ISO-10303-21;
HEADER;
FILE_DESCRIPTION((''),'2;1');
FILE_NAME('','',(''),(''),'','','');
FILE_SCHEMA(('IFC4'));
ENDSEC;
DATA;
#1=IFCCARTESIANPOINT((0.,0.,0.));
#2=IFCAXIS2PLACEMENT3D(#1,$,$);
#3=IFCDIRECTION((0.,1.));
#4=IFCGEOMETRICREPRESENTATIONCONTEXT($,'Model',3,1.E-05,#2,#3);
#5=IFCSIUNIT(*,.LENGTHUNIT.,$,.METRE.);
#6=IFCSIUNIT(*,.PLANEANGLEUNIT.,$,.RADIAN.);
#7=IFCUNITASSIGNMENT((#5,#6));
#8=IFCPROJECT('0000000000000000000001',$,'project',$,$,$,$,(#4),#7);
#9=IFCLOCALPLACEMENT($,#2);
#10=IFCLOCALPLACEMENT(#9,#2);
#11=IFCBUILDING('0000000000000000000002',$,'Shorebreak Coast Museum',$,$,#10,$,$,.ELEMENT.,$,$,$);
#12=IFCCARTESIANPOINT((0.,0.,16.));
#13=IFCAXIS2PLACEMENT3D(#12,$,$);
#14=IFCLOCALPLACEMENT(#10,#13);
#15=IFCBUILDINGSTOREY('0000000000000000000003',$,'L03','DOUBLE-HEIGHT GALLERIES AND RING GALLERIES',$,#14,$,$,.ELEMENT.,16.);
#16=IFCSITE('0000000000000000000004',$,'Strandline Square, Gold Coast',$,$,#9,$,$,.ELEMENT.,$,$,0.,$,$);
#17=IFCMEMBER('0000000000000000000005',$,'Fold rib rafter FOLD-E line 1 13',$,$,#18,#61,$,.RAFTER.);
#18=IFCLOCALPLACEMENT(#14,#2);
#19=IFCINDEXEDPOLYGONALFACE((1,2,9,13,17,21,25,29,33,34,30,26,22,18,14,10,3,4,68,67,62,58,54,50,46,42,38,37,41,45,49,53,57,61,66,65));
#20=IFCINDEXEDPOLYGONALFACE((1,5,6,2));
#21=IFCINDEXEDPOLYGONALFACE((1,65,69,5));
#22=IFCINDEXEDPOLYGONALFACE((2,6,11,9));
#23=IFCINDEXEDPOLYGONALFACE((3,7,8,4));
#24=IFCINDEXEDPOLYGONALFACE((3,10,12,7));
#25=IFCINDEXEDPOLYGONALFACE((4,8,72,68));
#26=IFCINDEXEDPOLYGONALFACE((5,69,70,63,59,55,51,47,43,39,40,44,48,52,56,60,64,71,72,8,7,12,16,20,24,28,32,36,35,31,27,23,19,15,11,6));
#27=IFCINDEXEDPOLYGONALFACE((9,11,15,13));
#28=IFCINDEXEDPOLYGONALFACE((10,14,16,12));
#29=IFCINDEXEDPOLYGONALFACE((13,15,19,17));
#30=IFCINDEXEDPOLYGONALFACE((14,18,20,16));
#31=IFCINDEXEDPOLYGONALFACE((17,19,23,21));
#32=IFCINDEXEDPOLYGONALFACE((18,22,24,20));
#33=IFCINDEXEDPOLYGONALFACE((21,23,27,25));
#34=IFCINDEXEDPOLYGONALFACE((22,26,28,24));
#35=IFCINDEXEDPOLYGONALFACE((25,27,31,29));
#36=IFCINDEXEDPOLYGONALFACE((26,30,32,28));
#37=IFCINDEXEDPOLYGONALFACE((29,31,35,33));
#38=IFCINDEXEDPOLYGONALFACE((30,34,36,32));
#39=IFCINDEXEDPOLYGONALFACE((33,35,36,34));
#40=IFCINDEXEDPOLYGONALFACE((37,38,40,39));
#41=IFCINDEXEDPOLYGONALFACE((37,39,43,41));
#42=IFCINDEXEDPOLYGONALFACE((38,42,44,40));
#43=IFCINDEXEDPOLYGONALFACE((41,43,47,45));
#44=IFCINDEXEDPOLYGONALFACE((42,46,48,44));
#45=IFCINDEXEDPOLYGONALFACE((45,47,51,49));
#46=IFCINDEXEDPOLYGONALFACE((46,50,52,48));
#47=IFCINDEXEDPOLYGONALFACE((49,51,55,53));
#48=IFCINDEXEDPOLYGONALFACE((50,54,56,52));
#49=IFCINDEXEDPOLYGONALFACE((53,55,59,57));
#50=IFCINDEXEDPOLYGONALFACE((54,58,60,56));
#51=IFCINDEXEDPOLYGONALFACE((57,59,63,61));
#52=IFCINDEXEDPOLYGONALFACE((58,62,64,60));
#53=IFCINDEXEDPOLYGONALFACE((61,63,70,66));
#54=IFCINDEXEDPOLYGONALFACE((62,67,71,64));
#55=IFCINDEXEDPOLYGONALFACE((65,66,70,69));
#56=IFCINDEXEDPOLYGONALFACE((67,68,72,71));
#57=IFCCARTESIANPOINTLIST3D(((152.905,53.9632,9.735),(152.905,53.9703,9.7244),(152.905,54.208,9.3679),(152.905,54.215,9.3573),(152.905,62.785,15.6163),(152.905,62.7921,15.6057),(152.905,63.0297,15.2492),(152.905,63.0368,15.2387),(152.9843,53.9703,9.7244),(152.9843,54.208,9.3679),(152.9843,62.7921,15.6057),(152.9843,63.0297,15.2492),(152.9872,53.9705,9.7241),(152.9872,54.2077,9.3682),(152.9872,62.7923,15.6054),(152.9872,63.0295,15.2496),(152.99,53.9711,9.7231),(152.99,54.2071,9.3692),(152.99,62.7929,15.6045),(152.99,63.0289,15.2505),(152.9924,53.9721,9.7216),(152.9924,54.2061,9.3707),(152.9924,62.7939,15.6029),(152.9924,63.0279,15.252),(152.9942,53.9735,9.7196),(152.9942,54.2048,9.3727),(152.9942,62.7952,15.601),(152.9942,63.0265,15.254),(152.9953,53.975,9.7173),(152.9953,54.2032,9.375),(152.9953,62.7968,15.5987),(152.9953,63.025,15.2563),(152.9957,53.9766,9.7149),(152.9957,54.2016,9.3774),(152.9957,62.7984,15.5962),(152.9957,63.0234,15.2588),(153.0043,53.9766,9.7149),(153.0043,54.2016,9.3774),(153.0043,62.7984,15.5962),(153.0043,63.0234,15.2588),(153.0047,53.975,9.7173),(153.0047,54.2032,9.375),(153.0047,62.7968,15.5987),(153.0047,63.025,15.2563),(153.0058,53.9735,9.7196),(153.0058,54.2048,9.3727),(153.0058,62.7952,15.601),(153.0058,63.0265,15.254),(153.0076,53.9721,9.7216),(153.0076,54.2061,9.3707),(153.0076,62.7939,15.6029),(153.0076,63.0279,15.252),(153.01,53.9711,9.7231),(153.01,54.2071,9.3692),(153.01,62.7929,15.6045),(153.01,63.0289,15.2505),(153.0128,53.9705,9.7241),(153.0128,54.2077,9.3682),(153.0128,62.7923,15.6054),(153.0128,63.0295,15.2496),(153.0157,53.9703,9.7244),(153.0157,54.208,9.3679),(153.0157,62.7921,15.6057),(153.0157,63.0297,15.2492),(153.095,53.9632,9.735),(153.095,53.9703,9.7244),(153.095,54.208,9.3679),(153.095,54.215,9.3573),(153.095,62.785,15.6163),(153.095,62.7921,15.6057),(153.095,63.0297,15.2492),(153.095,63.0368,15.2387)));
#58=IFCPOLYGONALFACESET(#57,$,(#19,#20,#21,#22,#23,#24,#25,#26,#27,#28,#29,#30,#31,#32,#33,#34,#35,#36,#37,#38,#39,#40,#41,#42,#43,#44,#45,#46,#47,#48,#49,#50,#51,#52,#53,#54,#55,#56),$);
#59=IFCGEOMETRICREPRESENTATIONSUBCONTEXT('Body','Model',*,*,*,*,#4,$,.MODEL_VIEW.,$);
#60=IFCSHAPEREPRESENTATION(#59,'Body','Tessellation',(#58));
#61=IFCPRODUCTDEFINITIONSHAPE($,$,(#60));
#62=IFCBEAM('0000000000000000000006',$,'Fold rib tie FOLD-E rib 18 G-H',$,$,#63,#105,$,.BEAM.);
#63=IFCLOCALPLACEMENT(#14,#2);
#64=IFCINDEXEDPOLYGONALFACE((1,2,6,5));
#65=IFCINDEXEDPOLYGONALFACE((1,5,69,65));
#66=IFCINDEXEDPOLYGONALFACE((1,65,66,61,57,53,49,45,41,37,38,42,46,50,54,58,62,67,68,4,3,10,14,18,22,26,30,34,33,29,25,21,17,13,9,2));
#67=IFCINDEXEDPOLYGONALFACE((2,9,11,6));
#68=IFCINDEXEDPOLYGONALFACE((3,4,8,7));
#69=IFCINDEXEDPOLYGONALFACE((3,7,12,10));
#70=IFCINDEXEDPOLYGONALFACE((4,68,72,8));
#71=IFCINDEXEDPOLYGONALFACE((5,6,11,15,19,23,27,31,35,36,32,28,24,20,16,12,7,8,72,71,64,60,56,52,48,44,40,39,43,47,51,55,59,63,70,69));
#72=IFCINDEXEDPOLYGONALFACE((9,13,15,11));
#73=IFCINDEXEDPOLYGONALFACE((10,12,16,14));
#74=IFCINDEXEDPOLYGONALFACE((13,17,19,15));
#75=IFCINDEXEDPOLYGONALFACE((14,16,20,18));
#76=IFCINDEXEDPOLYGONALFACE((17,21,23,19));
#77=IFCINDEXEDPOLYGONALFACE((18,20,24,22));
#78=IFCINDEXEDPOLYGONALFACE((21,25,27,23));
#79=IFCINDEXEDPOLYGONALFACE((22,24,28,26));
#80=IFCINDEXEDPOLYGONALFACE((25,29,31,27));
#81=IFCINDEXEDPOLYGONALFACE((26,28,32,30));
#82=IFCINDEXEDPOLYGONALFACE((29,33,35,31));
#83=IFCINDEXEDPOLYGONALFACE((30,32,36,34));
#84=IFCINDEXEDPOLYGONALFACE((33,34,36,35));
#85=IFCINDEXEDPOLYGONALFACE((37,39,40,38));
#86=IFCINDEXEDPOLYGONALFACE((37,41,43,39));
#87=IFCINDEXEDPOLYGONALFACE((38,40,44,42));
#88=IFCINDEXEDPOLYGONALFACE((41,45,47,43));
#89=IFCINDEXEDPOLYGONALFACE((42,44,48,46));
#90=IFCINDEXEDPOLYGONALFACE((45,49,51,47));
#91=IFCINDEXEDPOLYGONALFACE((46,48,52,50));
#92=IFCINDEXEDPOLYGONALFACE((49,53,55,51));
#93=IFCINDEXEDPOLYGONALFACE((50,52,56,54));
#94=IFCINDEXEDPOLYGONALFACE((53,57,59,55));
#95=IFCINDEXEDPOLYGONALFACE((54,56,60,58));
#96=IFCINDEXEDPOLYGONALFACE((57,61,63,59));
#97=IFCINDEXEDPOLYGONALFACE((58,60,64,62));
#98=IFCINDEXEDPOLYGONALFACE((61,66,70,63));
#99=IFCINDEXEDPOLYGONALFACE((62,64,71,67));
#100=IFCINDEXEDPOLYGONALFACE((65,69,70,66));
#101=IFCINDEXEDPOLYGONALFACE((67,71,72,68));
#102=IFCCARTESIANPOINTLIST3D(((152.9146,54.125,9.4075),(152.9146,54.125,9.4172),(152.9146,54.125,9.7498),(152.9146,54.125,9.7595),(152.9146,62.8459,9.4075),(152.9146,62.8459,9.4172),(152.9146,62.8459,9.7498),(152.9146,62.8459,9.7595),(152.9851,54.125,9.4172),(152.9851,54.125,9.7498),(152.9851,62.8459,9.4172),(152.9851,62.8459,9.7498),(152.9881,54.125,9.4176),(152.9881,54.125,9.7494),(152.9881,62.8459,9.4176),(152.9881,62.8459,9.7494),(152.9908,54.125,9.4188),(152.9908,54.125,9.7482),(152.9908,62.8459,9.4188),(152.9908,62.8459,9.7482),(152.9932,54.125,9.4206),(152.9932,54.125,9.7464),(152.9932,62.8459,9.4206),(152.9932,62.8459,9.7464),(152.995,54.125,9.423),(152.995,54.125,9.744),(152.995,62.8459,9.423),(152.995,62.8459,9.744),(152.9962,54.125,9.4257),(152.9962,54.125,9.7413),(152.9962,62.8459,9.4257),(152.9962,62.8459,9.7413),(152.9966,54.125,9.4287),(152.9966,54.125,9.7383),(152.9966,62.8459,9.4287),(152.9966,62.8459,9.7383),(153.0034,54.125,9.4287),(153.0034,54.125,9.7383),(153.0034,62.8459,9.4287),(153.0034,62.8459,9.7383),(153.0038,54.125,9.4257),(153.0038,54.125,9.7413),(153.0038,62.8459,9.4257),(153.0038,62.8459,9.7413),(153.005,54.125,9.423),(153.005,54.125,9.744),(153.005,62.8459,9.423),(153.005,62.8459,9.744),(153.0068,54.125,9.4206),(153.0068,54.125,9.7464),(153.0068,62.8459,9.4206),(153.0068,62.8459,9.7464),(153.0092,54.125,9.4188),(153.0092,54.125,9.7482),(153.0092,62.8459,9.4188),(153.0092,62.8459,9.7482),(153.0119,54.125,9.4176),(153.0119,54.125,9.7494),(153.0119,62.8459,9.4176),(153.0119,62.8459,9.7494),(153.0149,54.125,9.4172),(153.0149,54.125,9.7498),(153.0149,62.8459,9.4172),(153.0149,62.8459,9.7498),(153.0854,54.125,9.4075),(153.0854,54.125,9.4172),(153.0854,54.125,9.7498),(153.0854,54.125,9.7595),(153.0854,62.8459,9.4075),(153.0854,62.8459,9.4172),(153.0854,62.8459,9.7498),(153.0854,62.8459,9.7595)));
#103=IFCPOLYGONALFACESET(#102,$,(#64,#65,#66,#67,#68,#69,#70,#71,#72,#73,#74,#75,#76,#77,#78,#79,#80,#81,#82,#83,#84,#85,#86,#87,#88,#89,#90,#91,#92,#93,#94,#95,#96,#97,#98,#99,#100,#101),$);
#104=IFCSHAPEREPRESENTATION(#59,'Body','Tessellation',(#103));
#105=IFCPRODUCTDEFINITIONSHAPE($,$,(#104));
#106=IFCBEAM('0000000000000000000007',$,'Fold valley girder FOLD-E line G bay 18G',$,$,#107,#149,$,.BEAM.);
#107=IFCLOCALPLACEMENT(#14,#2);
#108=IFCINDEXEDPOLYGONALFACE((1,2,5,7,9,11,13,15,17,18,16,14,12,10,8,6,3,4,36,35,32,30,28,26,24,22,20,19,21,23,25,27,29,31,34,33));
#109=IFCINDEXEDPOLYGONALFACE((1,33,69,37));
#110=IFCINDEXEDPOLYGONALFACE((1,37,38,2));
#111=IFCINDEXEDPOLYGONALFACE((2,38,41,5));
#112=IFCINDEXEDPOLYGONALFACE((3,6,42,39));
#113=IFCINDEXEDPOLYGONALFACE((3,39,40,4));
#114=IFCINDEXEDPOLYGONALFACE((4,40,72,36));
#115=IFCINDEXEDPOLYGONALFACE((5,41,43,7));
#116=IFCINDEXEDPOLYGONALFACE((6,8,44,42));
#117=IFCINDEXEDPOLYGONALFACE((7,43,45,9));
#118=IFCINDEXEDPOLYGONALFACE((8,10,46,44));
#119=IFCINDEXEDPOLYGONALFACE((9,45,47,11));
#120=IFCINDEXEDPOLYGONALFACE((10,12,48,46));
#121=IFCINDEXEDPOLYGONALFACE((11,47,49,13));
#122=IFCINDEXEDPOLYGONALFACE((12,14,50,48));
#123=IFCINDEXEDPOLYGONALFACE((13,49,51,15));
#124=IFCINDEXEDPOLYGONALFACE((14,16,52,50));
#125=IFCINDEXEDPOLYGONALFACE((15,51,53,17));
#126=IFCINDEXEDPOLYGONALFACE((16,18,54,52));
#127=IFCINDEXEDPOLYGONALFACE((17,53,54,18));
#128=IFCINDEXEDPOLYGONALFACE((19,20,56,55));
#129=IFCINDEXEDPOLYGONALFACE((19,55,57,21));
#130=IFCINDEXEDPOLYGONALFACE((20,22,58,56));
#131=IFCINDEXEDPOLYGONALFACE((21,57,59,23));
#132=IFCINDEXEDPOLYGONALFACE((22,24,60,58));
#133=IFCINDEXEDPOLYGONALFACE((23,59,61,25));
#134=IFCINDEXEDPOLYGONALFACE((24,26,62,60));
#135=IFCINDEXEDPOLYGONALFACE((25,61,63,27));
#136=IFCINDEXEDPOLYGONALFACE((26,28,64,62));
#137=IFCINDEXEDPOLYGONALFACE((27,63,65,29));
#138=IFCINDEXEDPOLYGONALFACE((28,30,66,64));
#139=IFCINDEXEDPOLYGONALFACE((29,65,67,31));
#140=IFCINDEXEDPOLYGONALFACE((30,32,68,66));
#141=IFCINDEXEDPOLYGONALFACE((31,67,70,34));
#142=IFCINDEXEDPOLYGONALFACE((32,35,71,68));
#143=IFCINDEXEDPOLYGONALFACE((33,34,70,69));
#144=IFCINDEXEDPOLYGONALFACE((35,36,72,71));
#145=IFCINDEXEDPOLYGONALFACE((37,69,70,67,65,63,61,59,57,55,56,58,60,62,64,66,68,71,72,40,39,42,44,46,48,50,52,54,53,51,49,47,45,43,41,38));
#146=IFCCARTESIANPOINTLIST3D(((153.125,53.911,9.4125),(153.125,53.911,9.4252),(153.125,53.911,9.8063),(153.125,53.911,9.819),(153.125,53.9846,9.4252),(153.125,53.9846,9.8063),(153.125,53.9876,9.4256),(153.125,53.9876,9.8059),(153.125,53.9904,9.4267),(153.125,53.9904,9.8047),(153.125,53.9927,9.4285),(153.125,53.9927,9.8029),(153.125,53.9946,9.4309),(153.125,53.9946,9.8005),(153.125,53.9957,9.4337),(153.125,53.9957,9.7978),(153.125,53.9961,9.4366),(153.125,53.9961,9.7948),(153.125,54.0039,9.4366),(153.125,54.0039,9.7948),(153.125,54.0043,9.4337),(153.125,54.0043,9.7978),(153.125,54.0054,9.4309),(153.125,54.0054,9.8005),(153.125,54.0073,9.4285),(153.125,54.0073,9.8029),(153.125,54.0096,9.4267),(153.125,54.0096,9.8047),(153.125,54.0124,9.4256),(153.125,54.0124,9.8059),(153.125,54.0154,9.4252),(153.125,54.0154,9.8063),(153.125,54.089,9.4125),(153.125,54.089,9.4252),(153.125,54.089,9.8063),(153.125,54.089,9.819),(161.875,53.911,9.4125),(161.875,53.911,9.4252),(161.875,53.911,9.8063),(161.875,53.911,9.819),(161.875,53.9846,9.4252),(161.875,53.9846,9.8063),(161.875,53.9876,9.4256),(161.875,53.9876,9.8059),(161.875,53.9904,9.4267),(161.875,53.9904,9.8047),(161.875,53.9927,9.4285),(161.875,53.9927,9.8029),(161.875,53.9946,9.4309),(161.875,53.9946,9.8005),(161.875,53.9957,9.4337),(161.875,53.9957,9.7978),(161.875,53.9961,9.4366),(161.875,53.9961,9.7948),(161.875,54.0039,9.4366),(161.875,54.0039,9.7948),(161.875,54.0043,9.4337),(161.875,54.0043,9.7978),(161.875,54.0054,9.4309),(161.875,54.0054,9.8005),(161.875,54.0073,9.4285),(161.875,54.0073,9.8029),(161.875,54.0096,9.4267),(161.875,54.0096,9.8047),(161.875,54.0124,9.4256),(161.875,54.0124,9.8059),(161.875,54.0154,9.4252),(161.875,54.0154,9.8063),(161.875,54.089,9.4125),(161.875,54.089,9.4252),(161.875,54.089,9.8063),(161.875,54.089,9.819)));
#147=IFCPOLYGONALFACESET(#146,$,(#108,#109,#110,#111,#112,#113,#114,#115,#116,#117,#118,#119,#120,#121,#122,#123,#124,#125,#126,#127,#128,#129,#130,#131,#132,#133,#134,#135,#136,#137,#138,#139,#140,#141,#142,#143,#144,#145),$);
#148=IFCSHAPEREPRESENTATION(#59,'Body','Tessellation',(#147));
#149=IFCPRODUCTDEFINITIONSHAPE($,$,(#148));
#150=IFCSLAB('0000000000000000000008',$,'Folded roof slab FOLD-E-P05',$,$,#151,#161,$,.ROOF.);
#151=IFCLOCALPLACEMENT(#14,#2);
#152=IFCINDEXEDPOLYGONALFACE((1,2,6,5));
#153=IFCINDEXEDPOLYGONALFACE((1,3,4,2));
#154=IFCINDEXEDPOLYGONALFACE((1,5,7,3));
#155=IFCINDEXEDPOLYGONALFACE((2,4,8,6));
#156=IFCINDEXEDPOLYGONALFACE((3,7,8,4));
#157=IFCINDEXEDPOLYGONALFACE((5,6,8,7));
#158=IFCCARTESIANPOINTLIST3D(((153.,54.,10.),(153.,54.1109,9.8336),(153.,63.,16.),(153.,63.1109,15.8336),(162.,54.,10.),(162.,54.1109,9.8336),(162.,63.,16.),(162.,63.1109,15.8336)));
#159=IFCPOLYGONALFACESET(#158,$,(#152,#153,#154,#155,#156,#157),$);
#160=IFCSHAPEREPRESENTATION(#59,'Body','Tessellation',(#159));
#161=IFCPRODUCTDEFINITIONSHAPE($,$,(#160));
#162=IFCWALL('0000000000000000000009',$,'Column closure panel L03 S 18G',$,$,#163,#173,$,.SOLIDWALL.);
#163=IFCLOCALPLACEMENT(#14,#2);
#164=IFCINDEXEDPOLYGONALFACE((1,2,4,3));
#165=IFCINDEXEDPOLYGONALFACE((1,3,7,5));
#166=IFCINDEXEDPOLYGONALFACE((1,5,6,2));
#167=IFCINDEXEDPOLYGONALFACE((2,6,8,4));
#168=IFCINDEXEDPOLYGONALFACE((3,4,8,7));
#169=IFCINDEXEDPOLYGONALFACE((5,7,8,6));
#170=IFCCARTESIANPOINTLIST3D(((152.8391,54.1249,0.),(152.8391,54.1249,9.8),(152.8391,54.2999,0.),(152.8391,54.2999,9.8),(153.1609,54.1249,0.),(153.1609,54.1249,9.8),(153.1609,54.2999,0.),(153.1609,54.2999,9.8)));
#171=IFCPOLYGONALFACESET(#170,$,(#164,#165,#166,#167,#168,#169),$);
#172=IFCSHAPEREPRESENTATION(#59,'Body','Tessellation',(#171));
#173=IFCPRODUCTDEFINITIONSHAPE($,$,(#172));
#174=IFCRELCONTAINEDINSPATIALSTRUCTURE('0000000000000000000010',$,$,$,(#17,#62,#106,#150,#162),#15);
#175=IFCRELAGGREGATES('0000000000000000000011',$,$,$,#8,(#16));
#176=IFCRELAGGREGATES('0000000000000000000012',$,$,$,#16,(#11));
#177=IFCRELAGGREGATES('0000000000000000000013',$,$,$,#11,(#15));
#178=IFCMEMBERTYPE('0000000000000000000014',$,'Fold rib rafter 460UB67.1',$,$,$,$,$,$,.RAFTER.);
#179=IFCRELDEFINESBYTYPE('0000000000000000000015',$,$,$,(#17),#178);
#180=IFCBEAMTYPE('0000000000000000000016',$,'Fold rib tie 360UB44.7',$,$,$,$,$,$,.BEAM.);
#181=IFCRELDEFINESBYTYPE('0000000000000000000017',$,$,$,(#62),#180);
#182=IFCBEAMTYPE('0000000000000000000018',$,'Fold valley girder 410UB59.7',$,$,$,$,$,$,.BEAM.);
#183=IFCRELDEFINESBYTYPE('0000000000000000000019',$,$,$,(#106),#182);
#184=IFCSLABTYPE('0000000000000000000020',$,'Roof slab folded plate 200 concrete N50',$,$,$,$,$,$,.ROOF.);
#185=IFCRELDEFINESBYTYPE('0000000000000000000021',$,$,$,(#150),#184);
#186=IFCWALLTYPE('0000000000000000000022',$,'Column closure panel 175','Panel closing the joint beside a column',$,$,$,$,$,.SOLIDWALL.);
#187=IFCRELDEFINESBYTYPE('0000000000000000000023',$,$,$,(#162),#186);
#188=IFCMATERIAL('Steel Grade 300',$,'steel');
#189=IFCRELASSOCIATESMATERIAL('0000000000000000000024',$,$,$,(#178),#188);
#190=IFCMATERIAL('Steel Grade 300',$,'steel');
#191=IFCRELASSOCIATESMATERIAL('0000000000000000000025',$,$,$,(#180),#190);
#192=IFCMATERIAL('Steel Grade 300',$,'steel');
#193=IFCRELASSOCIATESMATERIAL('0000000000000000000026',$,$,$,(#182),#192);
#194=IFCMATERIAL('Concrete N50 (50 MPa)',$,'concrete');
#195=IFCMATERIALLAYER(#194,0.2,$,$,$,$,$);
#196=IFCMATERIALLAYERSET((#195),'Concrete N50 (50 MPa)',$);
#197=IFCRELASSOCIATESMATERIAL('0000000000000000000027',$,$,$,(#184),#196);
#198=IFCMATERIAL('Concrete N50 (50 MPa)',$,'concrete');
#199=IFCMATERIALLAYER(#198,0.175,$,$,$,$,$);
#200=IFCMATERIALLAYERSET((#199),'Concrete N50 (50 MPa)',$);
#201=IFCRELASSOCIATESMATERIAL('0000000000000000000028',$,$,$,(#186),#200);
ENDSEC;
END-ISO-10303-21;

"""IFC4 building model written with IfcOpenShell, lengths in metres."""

from ifc_helpers import new_model, si_unit, direction, frame, frame_2d, origin, origin_2d, place, context, subcontext, project, spatial, polyline, rectangle, i_section, outline, extrude, material, layer, layer_set, material_profile, profile_set, type_object, element, save


model = new_model("IFC4")

# Units and contexts
model_context = context("Model", 3, precision=1e-05, world=origin(), true_north=direction((0.0, 1.0)))
body_context = subcontext(model_context, "Body", "Model", "MODEL_VIEW")
ifc_project = project(units=[si_unit("LENGTHUNIT", "METRE"), si_unit("PLANEANGLEUNIT", "RADIAN")], contexts=[model_context])

# Site, building, storey
site_placement = place(None, origin())
site = spatial("IfcSite", under=ifc_project, at=site_placement, Name="Strandline Square, Gold Coast", CompositionType="ELEMENT", RefElevation=0.0)
building_placement = place(site_placement, origin())
building = spatial("IfcBuilding", under=site, at=building_placement, Name="Shorebreak Coast Museum", CompositionType="ELEMENT")
storey_placement = place(building_placement, frame((0.0, 0.0, 16.0)))
storey = spatial("IfcBuildingStorey", under=building, at=storey_placement, Name="L03", Description="DOUBLE-HEIGHT GALLERIES AND RING GALLERIES", CompositionType="ELEMENT", Elevation=16.0)

# Member
ifc_material_1 = material(Name="Steel Grade 300", Category="steel")
ifc_material_profile_1 = material_profile(ifc_material_1, i_section(OverallWidth=0.1899, OverallDepth=0.4539, WebThickness=0.0085, FlangeThickness=0.0127, FilletRadius=0.0115, at=origin_2d()), Name="460UB67.1")
ifc_profile_set_1 = profile_set([ifc_material_profile_1], Name="Steel Grade 300")
member_type_1 = type_object("IfcMemberType", Name="Fold rib rafter 460UB67.1", PredefinedType="RAFTER", material=ifc_profile_set_1)
member_placement = place(storey_placement, frame((153.0, 62.9109, 15.4275), z_axis=(0.0, -0.832043, -0.554711), x_axis=(1.0, 0.0, 0.0)))
element("IfcMember", 1, at=member_placement, inside=storey, type_object=member_type_1, Name="Fold rib rafter FOLD-E line 1 13", PredefinedType="RAFTER", context=body_context, shape_type="SweptSolid", body=[
    extrude(i_section(OverallWidth=0.1899, OverallDepth=0.4539, WebThickness=0.0085, FlangeThickness=0.0127, FilletRadius=0.0115, at=origin_2d()), origin(), (0.0, 0.0, 1.0), 10.6025),
])

# Beams
ifc_material_2 = material(Name="Steel Grade 300", Category="steel")
ifc_material_profile_2 = material_profile(ifc_material_2, i_section(OverallWidth=0.1709, OverallDepth=0.3521, WebThickness=0.0068, FlangeThickness=0.0098, FilletRadius=0.0115, at=origin_2d()), Name="360UB44.7")
ifc_profile_set_2 = profile_set([ifc_material_profile_2], Name="Steel Grade 300")
beam_type_1 = type_object("IfcBeamType", Name="Fold rib tie 360UB44.7", PredefinedType="BEAM", material=ifc_profile_set_2)
beam_1_placement = place(storey_placement, frame((153.0, 54.125, 9.5835), z_axis=(0.0, 1.0, 0.0), x_axis=(-1.0, 0.0, 0.0)))
element("IfcBeam", 2, at=beam_1_placement, inside=storey, type_object=beam_type_1, Name="Fold rib tie FOLD-E rib 18 G-H", PredefinedType="BEAM", context=body_context, shape_type="SweptSolid", body=[
    extrude(i_section(OverallWidth=0.1709, OverallDepth=0.3521, WebThickness=0.0068, FlangeThickness=0.0098, FilletRadius=0.0115, at=origin_2d()), origin(), (0.0, 0.0, 1.0), 8.7209),
])
ifc_material_3 = material(Name="Steel Grade 300", Category="steel")
ifc_material_profile_3 = material_profile(ifc_material_3, i_section(OverallWidth=0.178, OverallDepth=0.4065, WebThickness=0.0078, FlangeThickness=0.0127, FilletRadius=0.0115, at=origin_2d()), Name="410UB59.7")
ifc_profile_set_3 = profile_set([ifc_material_profile_3], Name="Steel Grade 300")
beam_type_2 = type_object("IfcBeamType", Name="Fold valley girder 410UB59.7", PredefinedType="BEAM", material=ifc_profile_set_3)
beam_2_placement = place(storey_placement, frame((153.125, 54.0, 9.6157), z_axis=(1.0, 0.0, 0.0), x_axis=(0.0, 1.0, 0.0)))
element("IfcBeam", 3, at=beam_2_placement, inside=storey, type_object=beam_type_2, Name="Fold valley girder FOLD-E line G bay 18G", PredefinedType="BEAM", context=body_context, shape_type="SweptSolid", body=[
    extrude(i_section(OverallWidth=0.178, OverallDepth=0.4065, WebThickness=0.0078, FlangeThickness=0.0127, FilletRadius=0.0115, at=origin_2d()), origin(), (0.0, 0.0, 1.0), 8.75),
])

# Slab
ifc_material_4 = material(Name="Concrete N50 (50 MPa)", Category="concrete")
ifc_layer_1 = layer(ifc_material_4, 0.2)
ifc_layer_set_1 = layer_set([ifc_layer_1], Name="Concrete N50 (50 MPa)")
slab_type = type_object("IfcSlabType", Name="Roof slab folded plate 200 concrete N50", PredefinedType="ROOF", material=ifc_layer_set_1)
slab_placement = place(storey_placement, frame((153.0, 54.0, 10.0), z_axis=(0.0, -0.5547, 0.83205), x_axis=(1.0, 0.0, 0.0)))
element("IfcSlab", 4, at=slab_placement, inside=storey, type_object=slab_type, Name="Folded roof slab FOLD-E-P05", PredefinedType="ROOF", context=body_context, shape_type="SweptSolid", body=[
    extrude(outline(polyline([(0.0, 0.0), (9.0, 0.0), (9.0, 10.8167), (0.0, 10.8167), (0.0, 0.0)])), origin(), (0.0, 0.0, -1.0), 0.2),
])

# Wall
ifc_material_5 = material(Name="Concrete N50 (50 MPa)", Category="concrete")
ifc_layer_2 = layer(ifc_material_5, 0.175)
ifc_layer_set_2 = layer_set([ifc_layer_2], Name="Concrete N50 (50 MPa)")
wall_type_1 = type_object("IfcWallType", Name="Column closure panel 175", Description="Panel closing the joint beside a column", PredefinedType="SOLIDWALL", material=ifc_layer_set_2)
wall_1_placement = place(storey_placement, frame((152.8391, 54.2124, 0.0), z_axis=(0.0, 0.0, 1.0), x_axis=(1.0, 0.0, 0.0)))
element("IfcWall", 5, at=wall_1_placement, inside=storey, type_object=wall_type_1, Name="Column closure panel L03 S 18G", PredefinedType="SOLIDWALL", context=body_context, shape_type="SweptSolid", body=[
    extrude(rectangle(XDim=0.3218, YDim=0.175, at=frame_2d((0.1609, 0.0))), origin(), (0.0, 0.0, 1.0), 9.8),
])

save(model, "model.ifc")
